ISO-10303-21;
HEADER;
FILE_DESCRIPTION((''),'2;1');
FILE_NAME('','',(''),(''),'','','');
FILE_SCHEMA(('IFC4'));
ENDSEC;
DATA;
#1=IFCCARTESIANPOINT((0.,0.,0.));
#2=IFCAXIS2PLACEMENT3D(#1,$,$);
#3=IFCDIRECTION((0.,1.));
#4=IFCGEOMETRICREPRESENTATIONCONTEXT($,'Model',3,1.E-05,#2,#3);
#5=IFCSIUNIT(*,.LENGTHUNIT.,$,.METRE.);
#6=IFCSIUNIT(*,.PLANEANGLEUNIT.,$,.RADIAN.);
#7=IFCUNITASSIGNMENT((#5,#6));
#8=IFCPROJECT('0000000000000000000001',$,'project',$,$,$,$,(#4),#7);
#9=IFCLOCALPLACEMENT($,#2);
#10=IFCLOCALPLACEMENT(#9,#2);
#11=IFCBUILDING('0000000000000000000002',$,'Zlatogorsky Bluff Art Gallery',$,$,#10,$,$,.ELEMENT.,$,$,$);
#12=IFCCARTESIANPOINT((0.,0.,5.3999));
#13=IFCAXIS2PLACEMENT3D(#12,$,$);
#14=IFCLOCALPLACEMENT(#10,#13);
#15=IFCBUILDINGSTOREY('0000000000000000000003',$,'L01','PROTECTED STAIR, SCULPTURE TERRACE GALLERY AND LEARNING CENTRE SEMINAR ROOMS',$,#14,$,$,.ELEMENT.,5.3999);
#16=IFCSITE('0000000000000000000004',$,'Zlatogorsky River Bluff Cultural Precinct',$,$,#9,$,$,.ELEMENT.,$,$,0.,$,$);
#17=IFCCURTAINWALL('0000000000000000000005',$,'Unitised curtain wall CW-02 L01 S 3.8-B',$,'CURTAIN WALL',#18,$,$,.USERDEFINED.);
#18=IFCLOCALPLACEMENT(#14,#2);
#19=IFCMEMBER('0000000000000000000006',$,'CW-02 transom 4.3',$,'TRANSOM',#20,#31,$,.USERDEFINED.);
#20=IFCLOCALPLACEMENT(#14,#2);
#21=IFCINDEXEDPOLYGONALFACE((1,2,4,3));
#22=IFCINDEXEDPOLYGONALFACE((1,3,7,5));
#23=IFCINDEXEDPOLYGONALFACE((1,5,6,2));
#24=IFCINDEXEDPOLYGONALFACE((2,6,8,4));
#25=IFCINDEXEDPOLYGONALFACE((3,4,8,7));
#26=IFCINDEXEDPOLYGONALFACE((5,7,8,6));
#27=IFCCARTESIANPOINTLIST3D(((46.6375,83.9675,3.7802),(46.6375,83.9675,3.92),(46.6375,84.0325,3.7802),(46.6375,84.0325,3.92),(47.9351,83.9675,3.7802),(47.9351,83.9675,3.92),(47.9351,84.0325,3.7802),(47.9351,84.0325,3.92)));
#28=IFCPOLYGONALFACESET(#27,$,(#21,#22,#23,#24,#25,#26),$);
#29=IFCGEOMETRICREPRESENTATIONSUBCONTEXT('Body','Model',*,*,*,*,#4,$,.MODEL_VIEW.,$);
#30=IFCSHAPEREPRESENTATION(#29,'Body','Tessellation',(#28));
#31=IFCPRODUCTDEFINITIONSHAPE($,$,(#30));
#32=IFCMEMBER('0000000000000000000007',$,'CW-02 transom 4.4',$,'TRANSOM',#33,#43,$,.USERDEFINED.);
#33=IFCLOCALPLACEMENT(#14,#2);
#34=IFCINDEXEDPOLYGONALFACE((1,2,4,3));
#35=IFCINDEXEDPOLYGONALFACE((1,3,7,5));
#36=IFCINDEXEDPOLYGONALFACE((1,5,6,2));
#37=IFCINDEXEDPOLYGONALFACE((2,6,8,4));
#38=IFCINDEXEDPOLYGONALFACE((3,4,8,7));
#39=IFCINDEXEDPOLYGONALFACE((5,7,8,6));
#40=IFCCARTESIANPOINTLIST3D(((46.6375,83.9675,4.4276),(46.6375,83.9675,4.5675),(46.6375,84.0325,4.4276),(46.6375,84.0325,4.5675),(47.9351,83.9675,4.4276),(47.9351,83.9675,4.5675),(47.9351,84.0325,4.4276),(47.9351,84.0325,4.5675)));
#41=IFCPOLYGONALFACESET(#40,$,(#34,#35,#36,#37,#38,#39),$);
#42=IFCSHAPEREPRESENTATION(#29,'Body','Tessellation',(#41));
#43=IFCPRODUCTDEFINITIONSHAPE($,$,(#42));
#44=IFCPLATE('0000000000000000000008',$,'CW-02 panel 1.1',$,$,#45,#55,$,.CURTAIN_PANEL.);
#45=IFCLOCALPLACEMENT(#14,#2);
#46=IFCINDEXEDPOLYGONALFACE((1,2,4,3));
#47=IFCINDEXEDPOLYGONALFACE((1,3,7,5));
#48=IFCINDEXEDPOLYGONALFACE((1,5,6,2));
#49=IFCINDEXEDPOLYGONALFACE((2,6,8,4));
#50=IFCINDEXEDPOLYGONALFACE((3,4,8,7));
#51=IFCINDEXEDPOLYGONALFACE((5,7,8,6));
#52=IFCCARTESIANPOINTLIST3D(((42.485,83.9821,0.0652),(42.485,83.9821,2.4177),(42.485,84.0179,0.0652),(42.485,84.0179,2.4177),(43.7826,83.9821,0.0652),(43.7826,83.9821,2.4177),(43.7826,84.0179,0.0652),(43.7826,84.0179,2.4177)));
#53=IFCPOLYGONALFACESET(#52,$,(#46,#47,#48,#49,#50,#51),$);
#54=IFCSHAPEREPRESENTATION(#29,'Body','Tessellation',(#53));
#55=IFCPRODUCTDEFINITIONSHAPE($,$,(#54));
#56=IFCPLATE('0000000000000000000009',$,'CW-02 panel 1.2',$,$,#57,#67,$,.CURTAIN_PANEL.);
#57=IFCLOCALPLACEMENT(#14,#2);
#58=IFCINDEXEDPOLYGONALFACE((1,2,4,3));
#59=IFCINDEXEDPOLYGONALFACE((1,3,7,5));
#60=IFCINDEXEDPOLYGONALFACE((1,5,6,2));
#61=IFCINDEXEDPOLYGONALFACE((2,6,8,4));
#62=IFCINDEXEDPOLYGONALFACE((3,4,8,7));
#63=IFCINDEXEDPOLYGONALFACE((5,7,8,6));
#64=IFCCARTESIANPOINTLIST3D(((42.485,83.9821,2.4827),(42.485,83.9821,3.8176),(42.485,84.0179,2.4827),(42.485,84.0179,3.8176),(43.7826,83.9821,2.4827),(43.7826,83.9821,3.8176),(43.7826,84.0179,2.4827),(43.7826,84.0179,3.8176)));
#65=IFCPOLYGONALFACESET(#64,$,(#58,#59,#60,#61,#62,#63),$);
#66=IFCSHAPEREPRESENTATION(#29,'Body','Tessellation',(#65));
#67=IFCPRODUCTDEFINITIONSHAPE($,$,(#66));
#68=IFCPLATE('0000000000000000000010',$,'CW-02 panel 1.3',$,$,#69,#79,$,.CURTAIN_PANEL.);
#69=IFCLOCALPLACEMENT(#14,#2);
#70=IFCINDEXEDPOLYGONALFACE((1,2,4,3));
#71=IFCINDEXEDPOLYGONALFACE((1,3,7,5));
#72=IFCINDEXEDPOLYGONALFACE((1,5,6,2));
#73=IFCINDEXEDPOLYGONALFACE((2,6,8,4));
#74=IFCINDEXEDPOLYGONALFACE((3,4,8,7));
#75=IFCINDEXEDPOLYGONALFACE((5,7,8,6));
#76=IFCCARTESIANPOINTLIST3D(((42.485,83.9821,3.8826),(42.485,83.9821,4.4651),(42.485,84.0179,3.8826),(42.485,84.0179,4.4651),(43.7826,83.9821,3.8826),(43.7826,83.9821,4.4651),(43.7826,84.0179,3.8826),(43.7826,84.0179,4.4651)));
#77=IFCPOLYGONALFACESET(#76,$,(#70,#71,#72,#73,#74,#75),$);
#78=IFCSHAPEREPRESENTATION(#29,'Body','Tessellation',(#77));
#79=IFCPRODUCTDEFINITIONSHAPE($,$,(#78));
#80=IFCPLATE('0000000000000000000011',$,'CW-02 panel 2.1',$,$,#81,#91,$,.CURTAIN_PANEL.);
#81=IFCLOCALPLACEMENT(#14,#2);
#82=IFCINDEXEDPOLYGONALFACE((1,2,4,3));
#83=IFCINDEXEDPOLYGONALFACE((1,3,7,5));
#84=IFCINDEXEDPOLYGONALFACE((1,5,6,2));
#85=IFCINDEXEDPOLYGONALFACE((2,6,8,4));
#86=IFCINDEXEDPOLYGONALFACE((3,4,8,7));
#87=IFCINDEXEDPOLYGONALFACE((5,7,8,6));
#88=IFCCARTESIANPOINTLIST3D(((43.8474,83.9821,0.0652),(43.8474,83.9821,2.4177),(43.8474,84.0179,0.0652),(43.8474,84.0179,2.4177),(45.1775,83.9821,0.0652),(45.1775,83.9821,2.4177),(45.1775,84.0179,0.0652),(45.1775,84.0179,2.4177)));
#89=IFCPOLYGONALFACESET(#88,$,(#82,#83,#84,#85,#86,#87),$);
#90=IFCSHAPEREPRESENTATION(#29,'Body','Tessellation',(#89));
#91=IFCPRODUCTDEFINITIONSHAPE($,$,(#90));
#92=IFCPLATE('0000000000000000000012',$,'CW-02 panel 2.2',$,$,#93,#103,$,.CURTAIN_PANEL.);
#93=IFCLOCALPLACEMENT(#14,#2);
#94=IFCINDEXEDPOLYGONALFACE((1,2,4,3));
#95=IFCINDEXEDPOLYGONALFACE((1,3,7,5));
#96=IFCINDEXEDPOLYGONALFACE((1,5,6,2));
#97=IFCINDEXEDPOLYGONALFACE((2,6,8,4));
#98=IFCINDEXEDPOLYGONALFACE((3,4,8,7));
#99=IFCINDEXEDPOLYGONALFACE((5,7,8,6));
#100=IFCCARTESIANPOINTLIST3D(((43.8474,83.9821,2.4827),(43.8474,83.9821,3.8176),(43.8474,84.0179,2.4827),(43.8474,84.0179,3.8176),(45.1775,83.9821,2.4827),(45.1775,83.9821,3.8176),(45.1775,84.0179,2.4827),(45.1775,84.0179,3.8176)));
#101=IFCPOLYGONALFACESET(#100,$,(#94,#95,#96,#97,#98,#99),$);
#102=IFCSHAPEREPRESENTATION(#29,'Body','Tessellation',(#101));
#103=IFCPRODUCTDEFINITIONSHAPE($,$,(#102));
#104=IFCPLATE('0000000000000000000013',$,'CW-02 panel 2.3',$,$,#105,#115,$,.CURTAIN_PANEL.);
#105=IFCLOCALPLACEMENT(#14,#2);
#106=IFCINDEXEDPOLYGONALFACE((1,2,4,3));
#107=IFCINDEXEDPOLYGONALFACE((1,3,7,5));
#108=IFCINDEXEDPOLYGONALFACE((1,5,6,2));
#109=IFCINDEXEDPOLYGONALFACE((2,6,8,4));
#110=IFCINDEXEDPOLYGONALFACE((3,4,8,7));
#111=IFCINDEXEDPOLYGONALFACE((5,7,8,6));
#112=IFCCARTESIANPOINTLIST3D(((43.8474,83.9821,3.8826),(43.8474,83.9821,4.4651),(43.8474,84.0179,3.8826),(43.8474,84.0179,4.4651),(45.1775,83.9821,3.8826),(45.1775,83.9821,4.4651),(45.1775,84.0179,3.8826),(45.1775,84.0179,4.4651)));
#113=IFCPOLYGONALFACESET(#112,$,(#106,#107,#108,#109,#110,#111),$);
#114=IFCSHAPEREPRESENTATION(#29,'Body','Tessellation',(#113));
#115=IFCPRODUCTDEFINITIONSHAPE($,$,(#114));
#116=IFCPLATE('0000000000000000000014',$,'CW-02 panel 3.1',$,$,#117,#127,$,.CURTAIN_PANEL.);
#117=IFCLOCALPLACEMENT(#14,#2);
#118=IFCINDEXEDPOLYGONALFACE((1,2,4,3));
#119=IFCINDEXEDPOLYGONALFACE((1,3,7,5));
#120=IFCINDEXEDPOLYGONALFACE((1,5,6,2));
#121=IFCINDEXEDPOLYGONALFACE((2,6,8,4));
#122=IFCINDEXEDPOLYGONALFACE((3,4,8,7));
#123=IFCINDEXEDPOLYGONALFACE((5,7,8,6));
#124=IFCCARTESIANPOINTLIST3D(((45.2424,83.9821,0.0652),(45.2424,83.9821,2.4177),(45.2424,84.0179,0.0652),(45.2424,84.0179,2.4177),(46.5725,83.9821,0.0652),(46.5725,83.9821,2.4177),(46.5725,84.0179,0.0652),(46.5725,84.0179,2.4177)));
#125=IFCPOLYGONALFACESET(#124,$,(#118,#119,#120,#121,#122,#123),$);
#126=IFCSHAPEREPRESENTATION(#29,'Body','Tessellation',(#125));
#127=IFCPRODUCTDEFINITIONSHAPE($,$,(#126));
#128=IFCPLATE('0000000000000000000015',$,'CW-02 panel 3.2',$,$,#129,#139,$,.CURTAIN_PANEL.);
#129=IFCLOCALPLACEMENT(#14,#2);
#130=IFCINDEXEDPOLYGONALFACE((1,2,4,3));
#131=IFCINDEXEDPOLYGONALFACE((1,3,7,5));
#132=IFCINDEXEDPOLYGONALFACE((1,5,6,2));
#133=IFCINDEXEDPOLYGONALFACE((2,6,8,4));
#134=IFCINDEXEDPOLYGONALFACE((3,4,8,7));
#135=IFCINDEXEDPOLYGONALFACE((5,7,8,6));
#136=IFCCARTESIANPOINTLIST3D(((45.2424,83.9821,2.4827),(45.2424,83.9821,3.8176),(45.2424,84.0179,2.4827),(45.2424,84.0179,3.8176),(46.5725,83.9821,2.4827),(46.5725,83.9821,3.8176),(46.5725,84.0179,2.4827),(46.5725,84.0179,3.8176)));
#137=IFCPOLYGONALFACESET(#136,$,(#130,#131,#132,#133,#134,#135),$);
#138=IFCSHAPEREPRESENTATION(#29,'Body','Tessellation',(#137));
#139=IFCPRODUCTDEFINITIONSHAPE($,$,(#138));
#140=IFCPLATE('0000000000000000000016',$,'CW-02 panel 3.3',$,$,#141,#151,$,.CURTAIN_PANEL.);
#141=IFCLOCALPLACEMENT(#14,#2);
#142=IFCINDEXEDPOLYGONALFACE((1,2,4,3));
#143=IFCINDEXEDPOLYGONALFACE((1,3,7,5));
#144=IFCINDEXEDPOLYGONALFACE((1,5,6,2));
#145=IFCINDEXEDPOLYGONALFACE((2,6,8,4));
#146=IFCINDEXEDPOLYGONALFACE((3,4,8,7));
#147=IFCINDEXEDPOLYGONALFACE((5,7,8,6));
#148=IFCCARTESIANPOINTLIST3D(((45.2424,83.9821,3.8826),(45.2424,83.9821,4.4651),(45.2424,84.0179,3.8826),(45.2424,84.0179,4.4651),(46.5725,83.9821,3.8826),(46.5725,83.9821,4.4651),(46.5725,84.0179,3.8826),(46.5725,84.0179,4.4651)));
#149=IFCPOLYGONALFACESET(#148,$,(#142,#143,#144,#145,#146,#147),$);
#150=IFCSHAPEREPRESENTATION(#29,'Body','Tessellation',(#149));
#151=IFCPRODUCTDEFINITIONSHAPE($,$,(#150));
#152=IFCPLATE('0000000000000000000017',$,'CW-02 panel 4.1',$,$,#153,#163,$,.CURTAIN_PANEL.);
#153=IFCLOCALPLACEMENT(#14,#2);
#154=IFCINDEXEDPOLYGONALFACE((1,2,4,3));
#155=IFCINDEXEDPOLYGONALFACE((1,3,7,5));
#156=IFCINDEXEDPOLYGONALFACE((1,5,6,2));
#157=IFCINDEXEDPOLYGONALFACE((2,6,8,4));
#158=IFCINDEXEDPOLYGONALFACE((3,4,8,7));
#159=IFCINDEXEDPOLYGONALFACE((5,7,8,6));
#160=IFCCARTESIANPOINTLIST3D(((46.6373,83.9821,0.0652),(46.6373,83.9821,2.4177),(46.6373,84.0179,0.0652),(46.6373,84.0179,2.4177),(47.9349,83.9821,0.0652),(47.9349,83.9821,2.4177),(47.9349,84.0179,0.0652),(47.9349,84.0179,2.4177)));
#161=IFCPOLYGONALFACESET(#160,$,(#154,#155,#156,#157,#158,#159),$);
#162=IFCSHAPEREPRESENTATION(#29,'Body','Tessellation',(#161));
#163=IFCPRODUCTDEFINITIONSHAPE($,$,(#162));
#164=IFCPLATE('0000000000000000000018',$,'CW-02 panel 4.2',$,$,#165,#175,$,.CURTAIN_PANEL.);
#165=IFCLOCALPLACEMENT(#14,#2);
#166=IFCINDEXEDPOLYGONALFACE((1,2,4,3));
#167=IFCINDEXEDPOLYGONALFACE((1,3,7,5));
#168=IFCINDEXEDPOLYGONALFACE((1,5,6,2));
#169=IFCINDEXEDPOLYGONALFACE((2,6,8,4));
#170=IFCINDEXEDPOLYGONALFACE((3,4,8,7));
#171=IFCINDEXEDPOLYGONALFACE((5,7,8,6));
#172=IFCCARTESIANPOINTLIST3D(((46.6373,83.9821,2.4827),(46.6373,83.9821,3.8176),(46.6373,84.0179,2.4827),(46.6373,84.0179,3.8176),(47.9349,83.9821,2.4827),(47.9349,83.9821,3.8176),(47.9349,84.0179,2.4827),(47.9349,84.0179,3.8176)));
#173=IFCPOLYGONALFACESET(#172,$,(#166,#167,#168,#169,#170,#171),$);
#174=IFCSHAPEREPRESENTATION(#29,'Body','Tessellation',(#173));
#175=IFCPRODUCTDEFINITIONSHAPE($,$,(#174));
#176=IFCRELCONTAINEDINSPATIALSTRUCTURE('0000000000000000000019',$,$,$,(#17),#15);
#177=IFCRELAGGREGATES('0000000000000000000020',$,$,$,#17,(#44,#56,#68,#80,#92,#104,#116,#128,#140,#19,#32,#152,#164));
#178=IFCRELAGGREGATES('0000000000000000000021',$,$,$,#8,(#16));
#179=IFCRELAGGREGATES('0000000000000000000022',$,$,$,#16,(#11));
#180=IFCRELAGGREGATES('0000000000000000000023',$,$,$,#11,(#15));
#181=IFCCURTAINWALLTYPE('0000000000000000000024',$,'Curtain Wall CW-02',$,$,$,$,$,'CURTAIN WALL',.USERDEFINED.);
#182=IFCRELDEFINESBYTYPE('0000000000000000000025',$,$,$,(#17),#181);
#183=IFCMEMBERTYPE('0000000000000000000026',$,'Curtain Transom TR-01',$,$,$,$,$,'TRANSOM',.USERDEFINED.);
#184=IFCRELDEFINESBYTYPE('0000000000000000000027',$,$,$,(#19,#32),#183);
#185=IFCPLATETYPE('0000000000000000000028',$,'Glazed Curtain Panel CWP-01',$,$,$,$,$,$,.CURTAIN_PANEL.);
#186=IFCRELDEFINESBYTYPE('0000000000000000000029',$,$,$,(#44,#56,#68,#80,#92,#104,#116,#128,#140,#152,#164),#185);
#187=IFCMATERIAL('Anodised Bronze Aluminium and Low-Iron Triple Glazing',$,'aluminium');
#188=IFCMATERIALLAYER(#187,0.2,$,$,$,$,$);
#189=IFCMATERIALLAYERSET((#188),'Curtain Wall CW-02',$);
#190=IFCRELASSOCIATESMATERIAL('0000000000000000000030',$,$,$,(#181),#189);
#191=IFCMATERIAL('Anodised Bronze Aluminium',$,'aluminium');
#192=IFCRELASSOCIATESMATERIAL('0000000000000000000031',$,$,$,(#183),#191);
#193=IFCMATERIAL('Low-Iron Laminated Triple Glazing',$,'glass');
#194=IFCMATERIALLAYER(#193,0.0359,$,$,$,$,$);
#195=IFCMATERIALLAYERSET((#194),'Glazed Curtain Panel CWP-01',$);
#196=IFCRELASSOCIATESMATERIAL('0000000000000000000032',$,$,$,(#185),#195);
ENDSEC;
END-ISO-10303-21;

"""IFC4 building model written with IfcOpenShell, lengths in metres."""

from ifc_helpers import new_model, si_unit, direction, frame, origin, origin_2d, place, context, subcontext, project, spatial, rectangle, extrude, material, layer, layer_set, material_profile, profile_set, type_object, element, aggregate, save


model = new_model("IFC4")

# Units and contexts
model_context = context("Model", 3, precision=1e-05, world=origin(), true_north=direction((0.0, 1.0)))
body_context = subcontext(model_context, "Body", "Model", "MODEL_VIEW")
ifc_project = project(units=[si_unit("LENGTHUNIT", "METRE"), si_unit("PLANEANGLEUNIT", "RADIAN")], contexts=[model_context])

# Site, building, storey
site_placement = place(None, origin())
site = spatial("IfcSite", under=ifc_project, at=site_placement, Name="Zlatogorsky River Bluff Cultural Precinct", CompositionType="ELEMENT", RefElevation=0.0)
building_placement = place(site_placement, origin())
building = spatial("IfcBuilding", under=site, at=building_placement, Name="Zlatogorsky Bluff Art Gallery", CompositionType="ELEMENT")
storey_placement = place(building_placement, frame((0.0, 0.0, 5.3999)))
storey = spatial("IfcBuildingStorey", under=building, at=storey_placement, Name="L01", Description="PROTECTED STAIR, SCULPTURE TERRACE GALLERY AND LEARNING CENTRE SEMINAR ROOMS", CompositionType="ELEMENT", Elevation=5.3999)

# Curtain wall, members, plates
ifc_material_1 = material(Name="Anodised Bronze Aluminium and Low-Iron Triple Glazing", Category="aluminium")
ifc_layer_1 = layer(ifc_material_1, 0.2)
ifc_layer_set_1 = layer_set([ifc_layer_1], Name="Curtain Wall CW-02")
curtain_wall_type = type_object("IfcCurtainWallType", Name="Curtain Wall CW-02", ElementType="CURTAIN WALL", PredefinedType="USERDEFINED", material=ifc_layer_set_1)
curtain_wall_placement = place(storey_placement, origin())
curtain_wall = element("IfcCurtainWall", 1, at=curtain_wall_placement, inside=storey, type_object=curtain_wall_type, Name="Unitised curtain wall CW-02 L01 S 3.8-B", ObjectType="CURTAIN WALL", PredefinedType="USERDEFINED")
ifc_material_2 = material(Name="Anodised Bronze Aluminium", Category="aluminium")
ifc_material_profile_1 = material_profile(ifc_material_2, rectangle(XDim=0.0649, YDim=0.1399, at=origin_2d()), Name="ALU TRANSOM 65x140")
ifc_profile_set_1 = profile_set([ifc_material_profile_1], Name="Anodised Bronze Aluminium")
member_type_1 = type_object("IfcMemberType", Name="Curtain Transom TR-01", ElementType="TRANSOM", PredefinedType="USERDEFINED", material=ifc_profile_set_1)
member_1_placement = place(storey_placement, frame((46.6375, 84.0, 3.8501), z_axis=(1.0, 0.0, 0.0), x_axis=(0.0, 1.0, 0.0)))
member_1 = element("IfcMember", 2, at=member_1_placement, type_object=member_type_1, Name="CW-02 transom 4.3", ObjectType="TRANSOM", PredefinedType="USERDEFINED", context=body_context, shape_type="SweptSolid", body=[
    extrude(rectangle(XDim=0.0649, YDim=0.1399, at=origin_2d()), origin(), (0.0, 0.0, 1.0), 1.2976),
])
member_2_placement = place(storey_placement, frame((46.6375, 84.0, 4.4976), z_axis=(1.0, 0.0, 0.0), x_axis=(0.0, 1.0, 0.0)))
member_2 = element("IfcMember", 3, at=member_2_placement, type_object=member_type_1, Name="CW-02 transom 4.4", ObjectType="TRANSOM", PredefinedType="USERDEFINED", context=body_context, shape_type="SweptSolid", body=[
    extrude(rectangle(XDim=0.0649, YDim=0.1399, at=origin_2d()), origin(), (0.0, 0.0, 1.0), 1.2976),
])
ifc_material_3 = material(Name="Low-Iron Laminated Triple Glazing", Category="glass")
ifc_layer_2 = layer(ifc_material_3, 0.0359)
ifc_layer_set_2 = layer_set([ifc_layer_2], Name="Glazed Curtain Panel CWP-01")
plate_type = type_object("IfcPlateType", Name="Glazed Curtain Panel CWP-01", PredefinedType="CURTAIN_PANEL", material=ifc_layer_set_2)
plate_1_placement = place(storey_placement, frame((43.1338, 84.0, 0.0652), z_axis=(0.0, 0.0, 1.0), x_axis=(1.0, 0.0, 0.0)))
plate_1 = element("IfcPlate", 4, at=plate_1_placement, type_object=plate_type, Name="CW-02 panel 1.1", PredefinedType="CURTAIN_PANEL", context=body_context, shape_type="SweptSolid", body=[
    extrude(rectangle(XDim=1.2976, YDim=0.0359, at=origin_2d()), origin(), (0.0, 0.0, 1.0), 2.3525),
])
plate_2_placement = place(storey_placement, frame((43.1338, 84.0, 2.4827), z_axis=(0.0, 0.0, 1.0), x_axis=(1.0, 0.0, 0.0)))
plate_2 = element("IfcPlate", 5, at=plate_2_placement, type_object=plate_type, Name="CW-02 panel 1.2", PredefinedType="CURTAIN_PANEL", context=body_context, shape_type="SweptSolid", body=[
    extrude(rectangle(XDim=1.2976, YDim=0.0359, at=origin_2d()), origin(), (0.0, 0.0, 1.0), 1.335),
])
plate_3_placement = place(storey_placement, frame((43.1338, 84.0, 3.8826), z_axis=(0.0, 0.0, 1.0), x_axis=(1.0, 0.0, 0.0)))
plate_3 = element("IfcPlate", 6, at=plate_3_placement, type_object=plate_type, Name="CW-02 panel 1.3", PredefinedType="CURTAIN_PANEL", context=body_context, shape_type="SweptSolid", body=[
    extrude(rectangle(XDim=1.2976, YDim=0.0359, at=origin_2d()), origin(), (0.0, 0.0, 1.0), 0.5825),
])
plate_4_placement = place(storey_placement, frame((44.5125, 84.0, 0.0652), z_axis=(0.0, 0.0, 1.0), x_axis=(1.0, 0.0, 0.0)))
plate_4 = element("IfcPlate", 7, at=plate_4_placement, type_object=plate_type, Name="CW-02 panel 2.1", PredefinedType="CURTAIN_PANEL", context=body_context, shape_type="SweptSolid", body=[
    extrude(rectangle(XDim=1.3301, YDim=0.0359, at=origin_2d()), origin(), (0.0, 0.0, 1.0), 2.3525),
])
plate_5_placement = place(storey_placement, frame((44.5125, 84.0, 2.4827), z_axis=(0.0, 0.0, 1.0), x_axis=(1.0, 0.0, 0.0)))
plate_5 = element("IfcPlate", 8, at=plate_5_placement, type_object=plate_type, Name="CW-02 panel 2.2", PredefinedType="CURTAIN_PANEL", context=body_context, shape_type="SweptSolid", body=[
    extrude(rectangle(XDim=1.3301, YDim=0.0359, at=origin_2d()), origin(), (0.0, 0.0, 1.0), 1.335),
])
plate_6_placement = place(storey_placement, frame((44.5125, 84.0, 3.8826), z_axis=(0.0, 0.0, 1.0), x_axis=(1.0, 0.0, 0.0)))
plate_6 = element("IfcPlate", 9, at=plate_6_placement, type_object=plate_type, Name="CW-02 panel 2.3", PredefinedType="CURTAIN_PANEL", context=body_context, shape_type="SweptSolid", body=[
    extrude(rectangle(XDim=1.3301, YDim=0.0359, at=origin_2d()), origin(), (0.0, 0.0, 1.0), 0.5825),
])
plate_7_placement = place(storey_placement, frame((45.9075, 84.0, 0.0652), z_axis=(0.0, 0.0, 1.0), x_axis=(1.0, 0.0, 0.0)))
plate_7 = element("IfcPlate", 10, at=plate_7_placement, type_object=plate_type, Name="CW-02 panel 3.1", PredefinedType="CURTAIN_PANEL", context=body_context, shape_type="SweptSolid", body=[
    extrude(rectangle(XDim=1.3301, YDim=0.0359, at=origin_2d()), origin(), (0.0, 0.0, 1.0), 2.3525),
])
plate_8_placement = place(storey_placement, frame((45.9075, 84.0, 2.4827), z_axis=(0.0, 0.0, 1.0), x_axis=(1.0, 0.0, 0.0)))
plate_8 = element("IfcPlate", 11, at=plate_8_placement, type_object=plate_type, Name="CW-02 panel 3.2", PredefinedType="CURTAIN_PANEL", context=body_context, shape_type="SweptSolid", body=[
    extrude(rectangle(XDim=1.3301, YDim=0.0359, at=origin_2d()), origin(), (0.0, 0.0, 1.0), 1.335),
])
plate_9_placement = place(storey_placement, frame((45.9075, 84.0, 3.8826), z_axis=(0.0, 0.0, 1.0), x_axis=(1.0, 0.0, 0.0)))
plate_9 = element("IfcPlate", 12, at=plate_9_placement, type_object=plate_type, Name="CW-02 panel 3.3", PredefinedType="CURTAIN_PANEL", context=body_context, shape_type="SweptSolid", body=[
    extrude(rectangle(XDim=1.3301, YDim=0.0359, at=origin_2d()), origin(), (0.0, 0.0, 1.0), 0.5825),
])
plate_10_placement = place(storey_placement, frame((47.2861, 84.0, 0.0652), z_axis=(0.0, 0.0, 1.0), x_axis=(1.0, 0.0, 0.0)))
plate_10 = element("IfcPlate", 13, at=plate_10_placement, type_object=plate_type, Name="CW-02 panel 4.1", PredefinedType="CURTAIN_PANEL", context=body_context, shape_type="SweptSolid", body=[
    extrude(rectangle(XDim=1.2976, YDim=0.0359, at=origin_2d()), origin(), (0.0, 0.0, 1.0), 2.3525),
])
plate_11_placement = place(storey_placement, frame((47.2861, 84.0, 2.4827), z_axis=(0.0, 0.0, 1.0), x_axis=(1.0, 0.0, 0.0)))
plate_11 = element("IfcPlate", 14, at=plate_11_placement, type_object=plate_type, Name="CW-02 panel 4.2", PredefinedType="CURTAIN_PANEL", context=body_context, shape_type="SweptSolid", body=[
    extrude(rectangle(XDim=1.2976, YDim=0.0359, at=origin_2d()), origin(), (0.0, 0.0, 1.0), 1.335),
])
aggregate(curtain_wall, [plate_1, plate_2, plate_3, plate_4, plate_5, plate_6, plate_7, plate_8, plate_9, member_1, member_2, plate_10, plate_11])

save(model, "model.ifc")
